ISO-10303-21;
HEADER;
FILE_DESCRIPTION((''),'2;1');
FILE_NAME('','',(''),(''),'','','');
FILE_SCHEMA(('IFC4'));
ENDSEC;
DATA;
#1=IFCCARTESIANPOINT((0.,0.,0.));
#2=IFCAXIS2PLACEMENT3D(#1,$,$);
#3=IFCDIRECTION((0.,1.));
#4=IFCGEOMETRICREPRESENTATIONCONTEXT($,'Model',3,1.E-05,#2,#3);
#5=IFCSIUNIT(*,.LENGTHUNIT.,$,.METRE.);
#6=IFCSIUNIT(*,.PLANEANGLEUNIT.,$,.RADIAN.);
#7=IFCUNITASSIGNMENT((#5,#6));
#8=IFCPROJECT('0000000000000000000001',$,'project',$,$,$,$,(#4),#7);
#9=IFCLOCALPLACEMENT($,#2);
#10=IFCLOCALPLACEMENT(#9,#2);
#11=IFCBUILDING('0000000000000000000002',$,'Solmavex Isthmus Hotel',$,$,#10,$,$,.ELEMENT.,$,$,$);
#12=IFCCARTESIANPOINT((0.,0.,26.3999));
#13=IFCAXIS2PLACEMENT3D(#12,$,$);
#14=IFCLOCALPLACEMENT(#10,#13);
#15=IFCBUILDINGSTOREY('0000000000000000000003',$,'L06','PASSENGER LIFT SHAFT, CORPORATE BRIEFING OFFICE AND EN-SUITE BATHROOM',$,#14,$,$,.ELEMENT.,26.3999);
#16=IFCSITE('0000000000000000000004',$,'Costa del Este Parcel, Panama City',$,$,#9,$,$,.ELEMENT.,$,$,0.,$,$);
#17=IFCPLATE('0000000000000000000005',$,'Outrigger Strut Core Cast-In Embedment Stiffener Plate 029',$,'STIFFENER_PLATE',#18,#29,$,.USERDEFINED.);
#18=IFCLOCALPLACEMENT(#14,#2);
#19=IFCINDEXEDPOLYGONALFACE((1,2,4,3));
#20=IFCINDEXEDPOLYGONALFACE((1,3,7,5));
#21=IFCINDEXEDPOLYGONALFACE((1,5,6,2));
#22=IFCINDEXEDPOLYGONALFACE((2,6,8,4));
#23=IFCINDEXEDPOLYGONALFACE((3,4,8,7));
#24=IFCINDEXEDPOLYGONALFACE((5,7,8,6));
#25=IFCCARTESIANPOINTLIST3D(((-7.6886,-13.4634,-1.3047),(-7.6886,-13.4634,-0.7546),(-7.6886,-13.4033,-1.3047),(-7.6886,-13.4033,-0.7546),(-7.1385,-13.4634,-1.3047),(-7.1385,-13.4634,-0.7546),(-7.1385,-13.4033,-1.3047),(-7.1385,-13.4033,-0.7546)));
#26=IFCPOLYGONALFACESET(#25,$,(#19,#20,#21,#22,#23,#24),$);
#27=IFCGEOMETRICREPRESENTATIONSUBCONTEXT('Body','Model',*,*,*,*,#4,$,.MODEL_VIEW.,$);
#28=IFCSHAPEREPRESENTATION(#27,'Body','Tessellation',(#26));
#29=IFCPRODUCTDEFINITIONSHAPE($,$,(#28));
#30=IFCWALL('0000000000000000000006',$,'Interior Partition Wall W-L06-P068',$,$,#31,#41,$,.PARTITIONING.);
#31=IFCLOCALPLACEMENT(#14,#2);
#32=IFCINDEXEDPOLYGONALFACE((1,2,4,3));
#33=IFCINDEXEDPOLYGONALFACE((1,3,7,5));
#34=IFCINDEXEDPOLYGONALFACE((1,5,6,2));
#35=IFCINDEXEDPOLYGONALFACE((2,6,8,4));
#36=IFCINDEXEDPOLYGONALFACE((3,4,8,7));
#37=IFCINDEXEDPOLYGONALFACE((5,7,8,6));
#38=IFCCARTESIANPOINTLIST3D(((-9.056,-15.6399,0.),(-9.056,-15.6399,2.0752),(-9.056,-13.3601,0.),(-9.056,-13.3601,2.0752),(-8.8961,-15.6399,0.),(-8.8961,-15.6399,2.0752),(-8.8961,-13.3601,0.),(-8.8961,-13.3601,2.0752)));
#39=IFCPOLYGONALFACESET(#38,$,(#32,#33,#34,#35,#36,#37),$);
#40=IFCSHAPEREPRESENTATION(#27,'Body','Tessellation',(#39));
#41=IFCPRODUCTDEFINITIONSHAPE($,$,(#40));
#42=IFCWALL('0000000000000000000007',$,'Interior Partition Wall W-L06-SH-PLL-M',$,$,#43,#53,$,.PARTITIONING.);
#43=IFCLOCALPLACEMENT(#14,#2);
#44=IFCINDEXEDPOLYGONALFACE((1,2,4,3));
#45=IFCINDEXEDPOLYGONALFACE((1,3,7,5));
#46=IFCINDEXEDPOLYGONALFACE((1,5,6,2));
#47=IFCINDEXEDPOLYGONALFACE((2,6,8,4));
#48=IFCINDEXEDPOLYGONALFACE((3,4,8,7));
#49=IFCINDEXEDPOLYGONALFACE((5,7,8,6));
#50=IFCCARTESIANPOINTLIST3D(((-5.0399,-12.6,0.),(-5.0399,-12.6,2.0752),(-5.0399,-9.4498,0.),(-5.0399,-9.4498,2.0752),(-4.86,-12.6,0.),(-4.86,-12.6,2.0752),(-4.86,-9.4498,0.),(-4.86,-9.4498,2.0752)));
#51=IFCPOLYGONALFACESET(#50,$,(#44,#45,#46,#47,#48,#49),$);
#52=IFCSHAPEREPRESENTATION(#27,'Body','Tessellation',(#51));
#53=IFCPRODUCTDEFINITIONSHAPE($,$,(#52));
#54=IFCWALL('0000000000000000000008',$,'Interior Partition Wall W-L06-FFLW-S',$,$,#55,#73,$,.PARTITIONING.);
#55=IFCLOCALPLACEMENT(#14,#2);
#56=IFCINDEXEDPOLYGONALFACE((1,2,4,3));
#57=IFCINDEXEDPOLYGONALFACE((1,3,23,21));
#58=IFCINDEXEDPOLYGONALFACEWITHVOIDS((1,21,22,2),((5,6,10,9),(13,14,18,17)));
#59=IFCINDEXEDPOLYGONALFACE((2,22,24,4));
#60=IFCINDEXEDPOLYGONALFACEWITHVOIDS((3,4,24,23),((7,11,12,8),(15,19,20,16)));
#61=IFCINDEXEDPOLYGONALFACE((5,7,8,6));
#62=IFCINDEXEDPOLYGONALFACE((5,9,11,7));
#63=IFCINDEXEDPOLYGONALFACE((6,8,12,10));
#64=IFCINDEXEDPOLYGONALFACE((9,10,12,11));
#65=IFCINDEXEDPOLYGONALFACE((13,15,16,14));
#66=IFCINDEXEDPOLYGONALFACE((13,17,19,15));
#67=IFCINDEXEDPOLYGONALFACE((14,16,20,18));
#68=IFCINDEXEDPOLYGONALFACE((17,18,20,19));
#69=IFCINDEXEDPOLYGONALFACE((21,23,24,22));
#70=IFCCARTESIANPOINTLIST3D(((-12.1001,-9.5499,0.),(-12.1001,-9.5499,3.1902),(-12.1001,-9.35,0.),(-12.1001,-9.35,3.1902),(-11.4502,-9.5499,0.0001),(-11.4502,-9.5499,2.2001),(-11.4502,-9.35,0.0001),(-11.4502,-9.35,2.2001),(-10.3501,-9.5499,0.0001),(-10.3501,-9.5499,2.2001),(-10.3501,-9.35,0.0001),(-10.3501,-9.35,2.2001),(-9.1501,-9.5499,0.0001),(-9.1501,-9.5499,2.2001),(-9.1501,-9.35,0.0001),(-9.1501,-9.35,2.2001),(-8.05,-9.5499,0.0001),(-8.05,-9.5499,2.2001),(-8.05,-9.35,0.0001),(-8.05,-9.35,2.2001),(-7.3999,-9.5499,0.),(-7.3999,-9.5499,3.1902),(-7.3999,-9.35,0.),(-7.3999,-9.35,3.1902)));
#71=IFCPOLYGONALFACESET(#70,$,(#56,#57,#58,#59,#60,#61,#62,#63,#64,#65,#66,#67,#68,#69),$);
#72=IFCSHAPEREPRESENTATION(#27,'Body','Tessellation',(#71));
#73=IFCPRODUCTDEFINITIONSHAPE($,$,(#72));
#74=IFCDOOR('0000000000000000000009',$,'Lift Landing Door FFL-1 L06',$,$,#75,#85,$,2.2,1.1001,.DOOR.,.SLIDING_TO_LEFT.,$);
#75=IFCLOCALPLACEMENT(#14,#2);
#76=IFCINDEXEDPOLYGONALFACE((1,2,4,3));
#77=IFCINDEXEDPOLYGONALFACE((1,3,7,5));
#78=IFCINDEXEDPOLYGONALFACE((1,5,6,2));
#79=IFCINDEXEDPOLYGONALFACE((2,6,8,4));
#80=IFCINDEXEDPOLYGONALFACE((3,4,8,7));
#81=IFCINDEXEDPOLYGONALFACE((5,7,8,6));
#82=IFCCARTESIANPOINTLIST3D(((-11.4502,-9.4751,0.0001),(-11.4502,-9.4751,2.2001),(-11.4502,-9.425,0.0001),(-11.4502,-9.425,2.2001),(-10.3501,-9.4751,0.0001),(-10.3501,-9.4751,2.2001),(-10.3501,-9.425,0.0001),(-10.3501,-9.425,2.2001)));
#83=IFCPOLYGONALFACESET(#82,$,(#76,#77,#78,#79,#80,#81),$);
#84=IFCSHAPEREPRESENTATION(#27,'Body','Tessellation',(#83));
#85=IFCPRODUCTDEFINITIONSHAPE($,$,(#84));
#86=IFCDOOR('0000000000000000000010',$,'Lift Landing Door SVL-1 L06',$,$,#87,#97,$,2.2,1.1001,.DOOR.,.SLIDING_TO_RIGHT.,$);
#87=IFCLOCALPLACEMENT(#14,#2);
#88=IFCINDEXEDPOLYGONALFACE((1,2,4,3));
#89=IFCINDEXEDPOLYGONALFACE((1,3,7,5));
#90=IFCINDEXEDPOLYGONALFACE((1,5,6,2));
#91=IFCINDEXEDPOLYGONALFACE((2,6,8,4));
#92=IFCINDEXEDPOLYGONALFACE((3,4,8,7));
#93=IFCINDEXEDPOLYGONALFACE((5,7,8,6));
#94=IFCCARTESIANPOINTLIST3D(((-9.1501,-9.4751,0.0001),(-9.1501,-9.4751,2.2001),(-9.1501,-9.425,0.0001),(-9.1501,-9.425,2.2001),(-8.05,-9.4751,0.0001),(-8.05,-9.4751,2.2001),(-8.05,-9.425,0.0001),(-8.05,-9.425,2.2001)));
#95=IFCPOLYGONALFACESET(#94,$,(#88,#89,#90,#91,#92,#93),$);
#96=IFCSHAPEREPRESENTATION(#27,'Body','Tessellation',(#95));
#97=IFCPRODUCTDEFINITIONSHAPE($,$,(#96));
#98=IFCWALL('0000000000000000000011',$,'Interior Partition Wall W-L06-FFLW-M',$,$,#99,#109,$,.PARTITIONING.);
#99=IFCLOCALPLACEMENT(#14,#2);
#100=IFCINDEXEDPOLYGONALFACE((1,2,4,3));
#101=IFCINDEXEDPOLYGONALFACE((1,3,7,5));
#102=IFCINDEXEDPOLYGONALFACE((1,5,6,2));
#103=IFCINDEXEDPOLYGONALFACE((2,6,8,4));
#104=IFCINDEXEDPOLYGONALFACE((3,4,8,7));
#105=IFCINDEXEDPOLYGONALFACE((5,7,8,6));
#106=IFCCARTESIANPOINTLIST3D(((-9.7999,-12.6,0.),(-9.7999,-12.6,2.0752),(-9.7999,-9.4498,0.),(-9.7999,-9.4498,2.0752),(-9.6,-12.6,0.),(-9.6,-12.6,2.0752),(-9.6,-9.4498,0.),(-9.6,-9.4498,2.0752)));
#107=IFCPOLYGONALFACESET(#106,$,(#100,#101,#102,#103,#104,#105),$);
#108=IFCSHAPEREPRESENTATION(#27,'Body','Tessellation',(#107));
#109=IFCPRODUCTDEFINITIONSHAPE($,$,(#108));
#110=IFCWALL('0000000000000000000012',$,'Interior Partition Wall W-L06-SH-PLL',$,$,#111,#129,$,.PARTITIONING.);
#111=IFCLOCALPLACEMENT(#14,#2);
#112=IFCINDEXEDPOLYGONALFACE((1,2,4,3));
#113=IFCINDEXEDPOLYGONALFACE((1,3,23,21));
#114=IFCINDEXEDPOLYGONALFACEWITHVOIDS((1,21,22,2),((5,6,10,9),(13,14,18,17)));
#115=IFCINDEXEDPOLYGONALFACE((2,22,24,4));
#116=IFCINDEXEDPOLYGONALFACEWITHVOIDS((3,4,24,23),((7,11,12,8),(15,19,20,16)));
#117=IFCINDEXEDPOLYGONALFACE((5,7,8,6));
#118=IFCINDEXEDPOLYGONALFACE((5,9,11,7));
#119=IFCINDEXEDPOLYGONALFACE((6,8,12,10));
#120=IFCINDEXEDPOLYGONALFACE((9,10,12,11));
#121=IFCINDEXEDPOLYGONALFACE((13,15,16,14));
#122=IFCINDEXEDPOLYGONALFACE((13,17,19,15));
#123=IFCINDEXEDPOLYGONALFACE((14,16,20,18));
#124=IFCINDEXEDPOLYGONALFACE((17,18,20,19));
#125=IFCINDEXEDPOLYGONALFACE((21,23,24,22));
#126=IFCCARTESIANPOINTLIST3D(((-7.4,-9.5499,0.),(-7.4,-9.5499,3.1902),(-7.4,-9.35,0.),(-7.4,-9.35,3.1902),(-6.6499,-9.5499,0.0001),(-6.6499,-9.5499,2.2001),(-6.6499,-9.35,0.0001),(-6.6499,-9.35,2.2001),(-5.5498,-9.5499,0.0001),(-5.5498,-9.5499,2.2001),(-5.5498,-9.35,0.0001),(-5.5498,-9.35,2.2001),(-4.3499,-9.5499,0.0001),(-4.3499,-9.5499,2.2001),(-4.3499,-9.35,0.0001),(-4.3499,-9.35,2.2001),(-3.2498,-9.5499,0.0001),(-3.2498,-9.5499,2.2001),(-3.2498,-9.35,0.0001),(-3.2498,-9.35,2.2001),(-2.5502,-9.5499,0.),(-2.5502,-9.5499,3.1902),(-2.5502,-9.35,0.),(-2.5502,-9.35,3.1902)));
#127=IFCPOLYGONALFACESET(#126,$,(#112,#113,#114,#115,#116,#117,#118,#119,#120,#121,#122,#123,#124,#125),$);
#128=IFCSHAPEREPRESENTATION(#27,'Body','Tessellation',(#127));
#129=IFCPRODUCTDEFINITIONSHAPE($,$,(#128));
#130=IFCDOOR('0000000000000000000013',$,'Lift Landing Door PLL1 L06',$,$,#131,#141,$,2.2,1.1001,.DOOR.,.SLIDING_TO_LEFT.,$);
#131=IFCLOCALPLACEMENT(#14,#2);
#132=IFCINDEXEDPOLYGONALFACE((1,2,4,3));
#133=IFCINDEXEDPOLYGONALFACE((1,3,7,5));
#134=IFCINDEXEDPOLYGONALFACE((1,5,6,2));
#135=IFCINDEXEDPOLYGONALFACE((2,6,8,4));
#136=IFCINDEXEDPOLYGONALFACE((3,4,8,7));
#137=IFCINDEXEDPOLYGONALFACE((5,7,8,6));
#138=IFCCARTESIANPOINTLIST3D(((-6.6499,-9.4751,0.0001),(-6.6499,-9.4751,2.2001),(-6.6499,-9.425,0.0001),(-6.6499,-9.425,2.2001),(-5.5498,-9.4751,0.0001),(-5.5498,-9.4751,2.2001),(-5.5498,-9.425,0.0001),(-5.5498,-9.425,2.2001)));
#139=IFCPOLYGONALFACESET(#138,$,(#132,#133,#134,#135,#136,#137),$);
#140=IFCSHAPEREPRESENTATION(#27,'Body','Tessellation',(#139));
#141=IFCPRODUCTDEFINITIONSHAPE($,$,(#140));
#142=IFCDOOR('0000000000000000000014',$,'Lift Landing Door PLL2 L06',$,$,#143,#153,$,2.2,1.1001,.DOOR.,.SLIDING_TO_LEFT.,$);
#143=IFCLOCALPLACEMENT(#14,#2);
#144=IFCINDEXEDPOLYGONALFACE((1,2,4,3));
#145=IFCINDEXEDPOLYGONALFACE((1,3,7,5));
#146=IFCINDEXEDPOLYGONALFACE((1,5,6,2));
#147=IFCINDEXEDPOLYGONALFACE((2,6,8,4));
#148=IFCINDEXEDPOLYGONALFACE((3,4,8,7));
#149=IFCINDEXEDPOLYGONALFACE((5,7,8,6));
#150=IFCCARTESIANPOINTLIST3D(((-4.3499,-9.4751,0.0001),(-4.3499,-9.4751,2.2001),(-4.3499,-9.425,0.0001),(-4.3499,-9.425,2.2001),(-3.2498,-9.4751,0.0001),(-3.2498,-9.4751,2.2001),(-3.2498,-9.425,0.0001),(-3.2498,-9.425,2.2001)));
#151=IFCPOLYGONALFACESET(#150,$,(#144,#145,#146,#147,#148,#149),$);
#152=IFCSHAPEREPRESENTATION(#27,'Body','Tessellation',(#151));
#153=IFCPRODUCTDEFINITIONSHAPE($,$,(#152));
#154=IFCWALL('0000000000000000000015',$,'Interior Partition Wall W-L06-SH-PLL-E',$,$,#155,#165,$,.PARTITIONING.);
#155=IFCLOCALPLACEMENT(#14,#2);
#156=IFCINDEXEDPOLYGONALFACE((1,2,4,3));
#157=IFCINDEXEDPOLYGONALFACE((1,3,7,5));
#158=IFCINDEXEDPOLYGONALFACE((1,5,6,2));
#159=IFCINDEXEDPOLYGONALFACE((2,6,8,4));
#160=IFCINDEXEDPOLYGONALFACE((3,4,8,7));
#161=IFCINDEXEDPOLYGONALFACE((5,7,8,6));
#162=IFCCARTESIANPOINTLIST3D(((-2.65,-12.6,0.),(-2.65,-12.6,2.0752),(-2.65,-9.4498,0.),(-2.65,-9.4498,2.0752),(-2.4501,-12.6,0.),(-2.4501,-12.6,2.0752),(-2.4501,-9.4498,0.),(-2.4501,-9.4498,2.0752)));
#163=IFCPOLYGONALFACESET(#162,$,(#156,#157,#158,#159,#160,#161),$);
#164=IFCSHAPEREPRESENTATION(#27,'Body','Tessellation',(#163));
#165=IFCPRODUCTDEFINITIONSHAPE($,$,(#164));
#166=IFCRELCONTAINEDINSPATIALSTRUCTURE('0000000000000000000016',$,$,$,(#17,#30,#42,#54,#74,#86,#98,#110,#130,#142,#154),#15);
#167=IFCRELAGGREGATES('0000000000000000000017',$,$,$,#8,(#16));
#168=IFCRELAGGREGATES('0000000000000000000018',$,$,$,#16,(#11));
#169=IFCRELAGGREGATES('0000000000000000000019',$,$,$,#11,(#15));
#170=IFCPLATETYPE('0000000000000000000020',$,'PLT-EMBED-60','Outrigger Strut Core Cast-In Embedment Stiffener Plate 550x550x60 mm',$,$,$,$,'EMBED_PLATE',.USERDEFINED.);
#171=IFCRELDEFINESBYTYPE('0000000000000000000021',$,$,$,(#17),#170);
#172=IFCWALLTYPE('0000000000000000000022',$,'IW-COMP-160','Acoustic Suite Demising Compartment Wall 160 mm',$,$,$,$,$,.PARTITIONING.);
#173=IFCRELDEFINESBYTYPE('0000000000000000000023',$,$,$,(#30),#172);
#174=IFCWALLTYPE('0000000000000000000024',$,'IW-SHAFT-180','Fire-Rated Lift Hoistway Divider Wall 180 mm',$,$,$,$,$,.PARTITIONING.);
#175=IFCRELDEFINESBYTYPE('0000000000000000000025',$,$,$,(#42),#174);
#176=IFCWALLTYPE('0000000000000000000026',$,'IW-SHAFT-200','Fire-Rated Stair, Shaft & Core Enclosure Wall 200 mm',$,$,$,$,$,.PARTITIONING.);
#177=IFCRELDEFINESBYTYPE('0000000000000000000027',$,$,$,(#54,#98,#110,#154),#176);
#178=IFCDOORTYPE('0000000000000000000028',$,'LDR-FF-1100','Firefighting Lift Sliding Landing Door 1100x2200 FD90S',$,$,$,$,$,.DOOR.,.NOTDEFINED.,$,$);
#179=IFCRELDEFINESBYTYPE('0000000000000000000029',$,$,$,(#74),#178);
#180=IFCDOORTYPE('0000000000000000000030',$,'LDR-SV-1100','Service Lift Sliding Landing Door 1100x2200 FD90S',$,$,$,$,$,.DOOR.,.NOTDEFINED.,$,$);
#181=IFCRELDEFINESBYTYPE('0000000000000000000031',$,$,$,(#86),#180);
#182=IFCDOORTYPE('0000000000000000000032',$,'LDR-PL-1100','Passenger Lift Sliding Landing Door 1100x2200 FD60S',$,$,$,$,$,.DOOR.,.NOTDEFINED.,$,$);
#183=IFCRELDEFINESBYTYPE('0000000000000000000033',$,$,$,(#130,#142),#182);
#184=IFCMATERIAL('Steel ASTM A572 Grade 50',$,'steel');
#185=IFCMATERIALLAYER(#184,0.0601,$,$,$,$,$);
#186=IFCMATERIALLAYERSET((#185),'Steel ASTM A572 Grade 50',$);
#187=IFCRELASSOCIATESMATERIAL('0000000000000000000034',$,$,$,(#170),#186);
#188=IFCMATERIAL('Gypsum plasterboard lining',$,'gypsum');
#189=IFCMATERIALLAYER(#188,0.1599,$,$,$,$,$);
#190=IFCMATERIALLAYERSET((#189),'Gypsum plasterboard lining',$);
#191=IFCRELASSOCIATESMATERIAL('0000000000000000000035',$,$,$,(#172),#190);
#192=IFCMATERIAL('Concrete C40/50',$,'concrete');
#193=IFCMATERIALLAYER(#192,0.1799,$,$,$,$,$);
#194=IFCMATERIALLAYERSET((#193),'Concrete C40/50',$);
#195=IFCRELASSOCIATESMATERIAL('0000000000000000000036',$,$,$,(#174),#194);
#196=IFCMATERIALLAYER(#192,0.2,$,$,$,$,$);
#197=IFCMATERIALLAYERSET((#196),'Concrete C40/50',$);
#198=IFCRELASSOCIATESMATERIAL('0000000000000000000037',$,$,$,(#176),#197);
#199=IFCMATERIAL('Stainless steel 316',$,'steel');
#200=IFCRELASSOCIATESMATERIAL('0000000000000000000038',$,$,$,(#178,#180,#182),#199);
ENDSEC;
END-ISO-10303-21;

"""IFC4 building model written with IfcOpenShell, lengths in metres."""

from ifc_helpers import new_model, si_unit, direction, frame, frame_2d, origin, origin_2d, place, context, subcontext, project, spatial, rectangle, extrude, material, layer, layer_set, type_object, element, fill, save


model = new_model("IFC4")

# Units and contexts
model_context = context("Model", 3, precision=1e-05, world=origin(), true_north=direction((0.0, 1.0)))
body_context = subcontext(model_context, "Body", "Model", "MODEL_VIEW")
ifc_project = project(units=[si_unit("LENGTHUNIT", "METRE"), si_unit("PLANEANGLEUNIT", "RADIAN")], contexts=[model_context])

# Site, building, storey
site_placement = place(None, origin())
site = spatial("IfcSite", under=ifc_project, at=site_placement, Name="Costa del Este Parcel, Panama City", CompositionType="ELEMENT", RefElevation=0.0)
building_placement = place(site_placement, origin())
building = spatial("IfcBuilding", under=site, at=building_placement, Name="Solmavex Isthmus Hotel", CompositionType="ELEMENT")
storey_placement = place(building_placement, frame((0.0, 0.0, 26.3999)))
storey = spatial("IfcBuildingStorey", under=building, at=storey_placement, Name="L06", Description="PASSENGER LIFT SHAFT, CORPORATE BRIEFING OFFICE AND EN-SUITE BATHROOM", CompositionType="ELEMENT", Elevation=26.3999)

# Shared definitions
ifc_material_1 = material(Name="Steel ASTM A572 Grade 50", Category="steel")

# Plate
ifc_layer_1 = layer(ifc_material_1, 0.0601)
ifc_layer_set_1 = layer_set([ifc_layer_1], Name="Steel ASTM A572 Grade 50")
plate_type = type_object("IfcPlateType", Name="PLT-EMBED-60", Description="Outrigger Strut Core Cast-In Embedment Stiffener Plate 550x550x60 mm", ElementType="EMBED_PLATE", PredefinedType="USERDEFINED", material=ifc_layer_set_1)
plate_placement = place(storey_placement, frame((-7.4136, -13.4333, -1.3047), z_axis=(0.0, 0.0, 1.0), x_axis=(1.0, 0.0, 0.0)))
element("IfcPlate", 1, at=plate_placement, inside=storey, type_object=plate_type, Name="Outrigger Strut Core Cast-In Embedment Stiffener Plate 029", ObjectType="STIFFENER_PLATE", PredefinedType="USERDEFINED", context=body_context, shape_type="SweptSolid", body=[
    extrude(rectangle(XDim=0.55, YDim=0.0601, at=origin_2d()), origin(), (0.0, 0.0, 1.0), 0.55),
])

# Walls
ifc_material_2 = material(Name="Gypsum plasterboard lining", Category="gypsum")
ifc_layer_2 = layer(ifc_material_2, 0.1599)
ifc_layer_set_2 = layer_set([ifc_layer_2], Name="Gypsum plasterboard lining")
wall_type_1 = type_object("IfcWallType", Name="IW-COMP-160", Description="Acoustic Suite Demising Compartment Wall 160 mm", PredefinedType="PARTITIONING", material=ifc_layer_set_2)
wall_1_placement = place(storey_placement, frame((-8.9761, -13.3601, 0.0), z_axis=(0.0, 0.0, 1.0), x_axis=(0.0, -1.0, 0.0)))
element("IfcWall", 2, at=wall_1_placement, inside=storey, type_object=wall_type_1, Name="Interior Partition Wall W-L06-P068", PredefinedType="PARTITIONING", context=body_context, shape_type="SweptSolid", body=[
    extrude(rectangle(XDim=2.2798, YDim=0.1599, at=frame_2d((1.1399, 0.0))), origin(), (0.0, 0.0, 1.0), 2.0752),
])
ifc_material_3 = material(Name="Concrete C40/50", Category="concrete")
ifc_layer_3 = layer(ifc_material_3, 0.1799)
ifc_layer_set_3 = layer_set([ifc_layer_3], Name="Concrete C40/50")
wall_type_2 = type_object("IfcWallType", Name="IW-SHAFT-180", Description="Fire-Rated Lift Hoistway Divider Wall 180 mm", PredefinedType="PARTITIONING", material=ifc_layer_set_3)
wall_2_placement = place(storey_placement, frame((-4.95, -12.6001, 0.0), z_axis=(0.0, 0.0, 1.0), x_axis=(0.0, 1.0, 0.0)))
element("IfcWall", 3, at=wall_2_placement, inside=storey, type_object=wall_type_2, Name="Interior Partition Wall W-L06-SH-PLL-M", PredefinedType="PARTITIONING", context=body_context, shape_type="SweptSolid", body=[
    extrude(rectangle(XDim=3.1501, YDim=0.1799, at=frame_2d((1.5752, 0.0))), origin(), (0.0, 0.0, 1.0), 2.0752),
])

# Wall, openings, doors
ifc_layer_4 = layer(ifc_material_3, 0.2)
ifc_layer_set_4 = layer_set([ifc_layer_4], Name="Concrete C40/50")
wall_type_3 = type_object("IfcWallType", Name="IW-SHAFT-200", Description="Fire-Rated Stair, Shaft & Core Enclosure Wall 200 mm", PredefinedType="PARTITIONING", material=ifc_layer_set_4)
wall_3_placement = place(storey_placement, frame((-12.1001, -9.45, 0.0), z_axis=(0.0, 0.0, 1.0), x_axis=(1.0, 0.0, 0.0)))
wall_3 = element("IfcWall", 4, at=wall_3_placement, inside=storey, type_object=wall_type_3, Name="Interior Partition Wall W-L06-FFLW-S", PredefinedType="PARTITIONING", context=body_context, shape_type="SweptSolid", body=[
    extrude(rectangle(XDim=4.7002, YDim=0.2, at=frame_2d((2.3501, 0.0))), origin(), (0.0, 0.0, 1.0), 3.1902),
])
opening_1_placement = place(wall_3_placement, frame((0.6499, 0.0, 0.0)))
opening_1 = element("IfcOpeningElement", 5, at=opening_1_placement, cuts=wall_3, PredefinedType="OPENING", context=body_context, shape_type="SweptSolid", body=[
    extrude(rectangle(XDim=1.1001, YDim=2.2, at=frame_2d((0.55, 1.1001))), frame((0.0, 0.1099, 0.0), z_axis=(0.0, -1.0, 0.0), x_axis=(1.0, 0.0, 0.0)), (0.0, 0.0, 1.0), 0.22),
])
opening_2_placement = place(wall_3_placement, frame((2.95, 0.0, 0.0)))
opening_2 = element("IfcOpeningElement", 6, at=opening_2_placement, cuts=wall_3, PredefinedType="OPENING", context=body_context, shape_type="SweptSolid", body=[
    extrude(rectangle(XDim=1.1001, YDim=2.2, at=frame_2d((0.55, 1.1001))), frame((0.0, 0.1099, 0.0), z_axis=(0.0, -1.0, 0.0), x_axis=(1.0, 0.0, 0.0)), (0.0, 0.0, 1.0), 0.22),
])
ifc_material_4 = material(Name="Stainless steel 316", Category="steel")
door_type_1 = type_object("IfcDoorType", Name="LDR-FF-1100", Description="Firefighting Lift Sliding Landing Door 1100x2200 FD90S", OperationType="NOTDEFINED", PredefinedType="DOOR", material=ifc_material_4)
door_1_placement = place(opening_1_placement, origin())
door_1 = element("IfcDoor", 7, at=door_1_placement, inside=storey, type_object=door_type_1, Name="Lift Landing Door FFL-1 L06", OperationType="SLIDING_TO_LEFT", OverallHeight=2.2, OverallWidth=1.1001, PredefinedType="DOOR", context=body_context, shape_type="SweptSolid", body=[
    extrude(rectangle(XDim=1.1001, YDim=2.2, at=frame_2d((0.55, 1.1001))), frame((0.0, 0.0249, 0.0), z_axis=(0.0, -1.0, 0.0), x_axis=(1.0, 0.0, 0.0)), (0.0, 0.0, 1.0), 0.05),
])
fill(opening_1, door_1)
door_type_2 = type_object("IfcDoorType", Name="LDR-SV-1100", Description="Service Lift Sliding Landing Door 1100x2200 FD90S", OperationType="NOTDEFINED", PredefinedType="DOOR", material=ifc_material_4)
door_2_placement = place(opening_2_placement, origin())
door_2 = element("IfcDoor", 8, at=door_2_placement, inside=storey, type_object=door_type_2, Name="Lift Landing Door SVL-1 L06", OperationType="SLIDING_TO_RIGHT", OverallHeight=2.2, OverallWidth=1.1001, PredefinedType="DOOR", context=body_context, shape_type="SweptSolid", body=[
    extrude(rectangle(XDim=1.1001, YDim=2.2, at=frame_2d((0.55, 1.1001))), frame((0.0, 0.0249, 0.0), z_axis=(0.0, -1.0, 0.0), x_axis=(1.0, 0.0, 0.0)), (0.0, 0.0, 1.0), 0.05),
])
fill(opening_2, door_2)

# Wall
wall_4_placement = place(storey_placement, frame((-9.7, -12.6001, 0.0), z_axis=(0.0, 0.0, 1.0), x_axis=(0.0, 1.0, 0.0)))
element("IfcWall", 9, at=wall_4_placement, inside=storey, type_object=wall_type_3, Name="Interior Partition Wall W-L06-FFLW-M", PredefinedType="PARTITIONING", context=body_context, shape_type="SweptSolid", body=[
    extrude(rectangle(XDim=3.1501, YDim=0.2, at=frame_2d((1.5752, 0.0))), origin(), (0.0, 0.0, 1.0), 2.0752),
])

# Wall, openings, doors
wall_5_placement = place(storey_placement, frame((-7.3999, -9.45, 0.0), z_axis=(0.0, 0.0, 1.0), x_axis=(1.0, 0.0, 0.0)))
wall_5 = element("IfcWall", 10, at=wall_5_placement, inside=storey, type_object=wall_type_3, Name="Interior Partition Wall W-L06-SH-PLL", PredefinedType="PARTITIONING", context=body_context, shape_type="SweptSolid", body=[
    extrude(rectangle(XDim=4.8499, YDim=0.2, at=frame_2d((2.4248, 0.0))), origin(), (0.0, 0.0, 1.0), 3.1902),
])
opening_3_placement = place(wall_5_placement, frame((0.75, 0.0, 0.0)))
opening_3 = element("IfcOpeningElement", 11, at=opening_3_placement, cuts=wall_5, PredefinedType="OPENING", context=body_context, shape_type="SweptSolid", body=[
    extrude(rectangle(XDim=1.1001, YDim=2.2, at=frame_2d((0.55, 1.1001))), frame((0.0, 0.1099, 0.0), z_axis=(0.0, -1.0, 0.0), x_axis=(1.0, 0.0, 0.0)), (0.0, 0.0, 1.0), 0.22),
])
opening_4_placement = place(wall_5_placement, frame((3.05, 0.0, 0.0)))
opening_4 = element("IfcOpeningElement", 12, at=opening_4_placement, cuts=wall_5, PredefinedType="OPENING", context=body_context, shape_type="SweptSolid", body=[
    extrude(rectangle(XDim=1.1001, YDim=2.2, at=frame_2d((0.55, 1.1001))), frame((0.0, 0.1099, 0.0), z_axis=(0.0, -1.0, 0.0), x_axis=(1.0, 0.0, 0.0)), (0.0, 0.0, 1.0), 0.22),
])
door_type_3 = type_object("IfcDoorType", Name="LDR-PL-1100", Description="Passenger Lift Sliding Landing Door 1100x2200 FD60S", OperationType="NOTDEFINED", PredefinedType="DOOR", material=ifc_material_4)
door_3_placement = place(opening_3_placement, origin())
door_3 = element("IfcDoor", 13, at=door_3_placement, inside=storey, type_object=door_type_3, Name="Lift Landing Door PLL1 L06", OperationType="SLIDING_TO_LEFT", OverallHeight=2.2, OverallWidth=1.1001, PredefinedType="DOOR", context=body_context, shape_type="SweptSolid", body=[
    extrude(rectangle(XDim=1.1001, YDim=2.2, at=frame_2d((0.55, 1.1001))), frame((0.0, 0.0249, 0.0), z_axis=(0.0, -1.0, 0.0), x_axis=(1.0, 0.0, 0.0)), (0.0, 0.0, 1.0), 0.05),
])
fill(opening_3, door_3)
door_4_placement = place(opening_4_placement, origin())
door_4 = element("IfcDoor", 14, at=door_4_placement, inside=storey, type_object=door_type_3, Name="Lift Landing Door PLL2 L06", OperationType="SLIDING_TO_LEFT", OverallHeight=2.2, OverallWidth=1.1001, PredefinedType="DOOR", context=body_context, shape_type="SweptSolid", body=[
    extrude(rectangle(XDim=1.1001, YDim=2.2, at=frame_2d((0.55, 1.1001))), frame((0.0, 0.0249, 0.0), z_axis=(0.0, -1.0, 0.0), x_axis=(1.0, 0.0, 0.0)), (0.0, 0.0, 1.0), 0.05),
])
fill(opening_4, door_4)

# Wall
wall_6_placement = place(storey_placement, frame((-2.55, -12.6001, 0.0), z_axis=(0.0, 0.0, 1.0), x_axis=(0.0, 1.0, 0.0)))
element("IfcWall", 15, at=wall_6_placement, inside=storey, type_object=wall_type_3, Name="Interior Partition Wall W-L06-SH-PLL-E", PredefinedType="PARTITIONING", context=body_context, shape_type="SweptSolid", body=[
    extrude(rectangle(XDim=3.1501, YDim=0.2, at=frame_2d((1.5752, 0.0))), origin(), (0.0, 0.0, 1.0), 2.0752),
])

save(model, "model.ifc")
